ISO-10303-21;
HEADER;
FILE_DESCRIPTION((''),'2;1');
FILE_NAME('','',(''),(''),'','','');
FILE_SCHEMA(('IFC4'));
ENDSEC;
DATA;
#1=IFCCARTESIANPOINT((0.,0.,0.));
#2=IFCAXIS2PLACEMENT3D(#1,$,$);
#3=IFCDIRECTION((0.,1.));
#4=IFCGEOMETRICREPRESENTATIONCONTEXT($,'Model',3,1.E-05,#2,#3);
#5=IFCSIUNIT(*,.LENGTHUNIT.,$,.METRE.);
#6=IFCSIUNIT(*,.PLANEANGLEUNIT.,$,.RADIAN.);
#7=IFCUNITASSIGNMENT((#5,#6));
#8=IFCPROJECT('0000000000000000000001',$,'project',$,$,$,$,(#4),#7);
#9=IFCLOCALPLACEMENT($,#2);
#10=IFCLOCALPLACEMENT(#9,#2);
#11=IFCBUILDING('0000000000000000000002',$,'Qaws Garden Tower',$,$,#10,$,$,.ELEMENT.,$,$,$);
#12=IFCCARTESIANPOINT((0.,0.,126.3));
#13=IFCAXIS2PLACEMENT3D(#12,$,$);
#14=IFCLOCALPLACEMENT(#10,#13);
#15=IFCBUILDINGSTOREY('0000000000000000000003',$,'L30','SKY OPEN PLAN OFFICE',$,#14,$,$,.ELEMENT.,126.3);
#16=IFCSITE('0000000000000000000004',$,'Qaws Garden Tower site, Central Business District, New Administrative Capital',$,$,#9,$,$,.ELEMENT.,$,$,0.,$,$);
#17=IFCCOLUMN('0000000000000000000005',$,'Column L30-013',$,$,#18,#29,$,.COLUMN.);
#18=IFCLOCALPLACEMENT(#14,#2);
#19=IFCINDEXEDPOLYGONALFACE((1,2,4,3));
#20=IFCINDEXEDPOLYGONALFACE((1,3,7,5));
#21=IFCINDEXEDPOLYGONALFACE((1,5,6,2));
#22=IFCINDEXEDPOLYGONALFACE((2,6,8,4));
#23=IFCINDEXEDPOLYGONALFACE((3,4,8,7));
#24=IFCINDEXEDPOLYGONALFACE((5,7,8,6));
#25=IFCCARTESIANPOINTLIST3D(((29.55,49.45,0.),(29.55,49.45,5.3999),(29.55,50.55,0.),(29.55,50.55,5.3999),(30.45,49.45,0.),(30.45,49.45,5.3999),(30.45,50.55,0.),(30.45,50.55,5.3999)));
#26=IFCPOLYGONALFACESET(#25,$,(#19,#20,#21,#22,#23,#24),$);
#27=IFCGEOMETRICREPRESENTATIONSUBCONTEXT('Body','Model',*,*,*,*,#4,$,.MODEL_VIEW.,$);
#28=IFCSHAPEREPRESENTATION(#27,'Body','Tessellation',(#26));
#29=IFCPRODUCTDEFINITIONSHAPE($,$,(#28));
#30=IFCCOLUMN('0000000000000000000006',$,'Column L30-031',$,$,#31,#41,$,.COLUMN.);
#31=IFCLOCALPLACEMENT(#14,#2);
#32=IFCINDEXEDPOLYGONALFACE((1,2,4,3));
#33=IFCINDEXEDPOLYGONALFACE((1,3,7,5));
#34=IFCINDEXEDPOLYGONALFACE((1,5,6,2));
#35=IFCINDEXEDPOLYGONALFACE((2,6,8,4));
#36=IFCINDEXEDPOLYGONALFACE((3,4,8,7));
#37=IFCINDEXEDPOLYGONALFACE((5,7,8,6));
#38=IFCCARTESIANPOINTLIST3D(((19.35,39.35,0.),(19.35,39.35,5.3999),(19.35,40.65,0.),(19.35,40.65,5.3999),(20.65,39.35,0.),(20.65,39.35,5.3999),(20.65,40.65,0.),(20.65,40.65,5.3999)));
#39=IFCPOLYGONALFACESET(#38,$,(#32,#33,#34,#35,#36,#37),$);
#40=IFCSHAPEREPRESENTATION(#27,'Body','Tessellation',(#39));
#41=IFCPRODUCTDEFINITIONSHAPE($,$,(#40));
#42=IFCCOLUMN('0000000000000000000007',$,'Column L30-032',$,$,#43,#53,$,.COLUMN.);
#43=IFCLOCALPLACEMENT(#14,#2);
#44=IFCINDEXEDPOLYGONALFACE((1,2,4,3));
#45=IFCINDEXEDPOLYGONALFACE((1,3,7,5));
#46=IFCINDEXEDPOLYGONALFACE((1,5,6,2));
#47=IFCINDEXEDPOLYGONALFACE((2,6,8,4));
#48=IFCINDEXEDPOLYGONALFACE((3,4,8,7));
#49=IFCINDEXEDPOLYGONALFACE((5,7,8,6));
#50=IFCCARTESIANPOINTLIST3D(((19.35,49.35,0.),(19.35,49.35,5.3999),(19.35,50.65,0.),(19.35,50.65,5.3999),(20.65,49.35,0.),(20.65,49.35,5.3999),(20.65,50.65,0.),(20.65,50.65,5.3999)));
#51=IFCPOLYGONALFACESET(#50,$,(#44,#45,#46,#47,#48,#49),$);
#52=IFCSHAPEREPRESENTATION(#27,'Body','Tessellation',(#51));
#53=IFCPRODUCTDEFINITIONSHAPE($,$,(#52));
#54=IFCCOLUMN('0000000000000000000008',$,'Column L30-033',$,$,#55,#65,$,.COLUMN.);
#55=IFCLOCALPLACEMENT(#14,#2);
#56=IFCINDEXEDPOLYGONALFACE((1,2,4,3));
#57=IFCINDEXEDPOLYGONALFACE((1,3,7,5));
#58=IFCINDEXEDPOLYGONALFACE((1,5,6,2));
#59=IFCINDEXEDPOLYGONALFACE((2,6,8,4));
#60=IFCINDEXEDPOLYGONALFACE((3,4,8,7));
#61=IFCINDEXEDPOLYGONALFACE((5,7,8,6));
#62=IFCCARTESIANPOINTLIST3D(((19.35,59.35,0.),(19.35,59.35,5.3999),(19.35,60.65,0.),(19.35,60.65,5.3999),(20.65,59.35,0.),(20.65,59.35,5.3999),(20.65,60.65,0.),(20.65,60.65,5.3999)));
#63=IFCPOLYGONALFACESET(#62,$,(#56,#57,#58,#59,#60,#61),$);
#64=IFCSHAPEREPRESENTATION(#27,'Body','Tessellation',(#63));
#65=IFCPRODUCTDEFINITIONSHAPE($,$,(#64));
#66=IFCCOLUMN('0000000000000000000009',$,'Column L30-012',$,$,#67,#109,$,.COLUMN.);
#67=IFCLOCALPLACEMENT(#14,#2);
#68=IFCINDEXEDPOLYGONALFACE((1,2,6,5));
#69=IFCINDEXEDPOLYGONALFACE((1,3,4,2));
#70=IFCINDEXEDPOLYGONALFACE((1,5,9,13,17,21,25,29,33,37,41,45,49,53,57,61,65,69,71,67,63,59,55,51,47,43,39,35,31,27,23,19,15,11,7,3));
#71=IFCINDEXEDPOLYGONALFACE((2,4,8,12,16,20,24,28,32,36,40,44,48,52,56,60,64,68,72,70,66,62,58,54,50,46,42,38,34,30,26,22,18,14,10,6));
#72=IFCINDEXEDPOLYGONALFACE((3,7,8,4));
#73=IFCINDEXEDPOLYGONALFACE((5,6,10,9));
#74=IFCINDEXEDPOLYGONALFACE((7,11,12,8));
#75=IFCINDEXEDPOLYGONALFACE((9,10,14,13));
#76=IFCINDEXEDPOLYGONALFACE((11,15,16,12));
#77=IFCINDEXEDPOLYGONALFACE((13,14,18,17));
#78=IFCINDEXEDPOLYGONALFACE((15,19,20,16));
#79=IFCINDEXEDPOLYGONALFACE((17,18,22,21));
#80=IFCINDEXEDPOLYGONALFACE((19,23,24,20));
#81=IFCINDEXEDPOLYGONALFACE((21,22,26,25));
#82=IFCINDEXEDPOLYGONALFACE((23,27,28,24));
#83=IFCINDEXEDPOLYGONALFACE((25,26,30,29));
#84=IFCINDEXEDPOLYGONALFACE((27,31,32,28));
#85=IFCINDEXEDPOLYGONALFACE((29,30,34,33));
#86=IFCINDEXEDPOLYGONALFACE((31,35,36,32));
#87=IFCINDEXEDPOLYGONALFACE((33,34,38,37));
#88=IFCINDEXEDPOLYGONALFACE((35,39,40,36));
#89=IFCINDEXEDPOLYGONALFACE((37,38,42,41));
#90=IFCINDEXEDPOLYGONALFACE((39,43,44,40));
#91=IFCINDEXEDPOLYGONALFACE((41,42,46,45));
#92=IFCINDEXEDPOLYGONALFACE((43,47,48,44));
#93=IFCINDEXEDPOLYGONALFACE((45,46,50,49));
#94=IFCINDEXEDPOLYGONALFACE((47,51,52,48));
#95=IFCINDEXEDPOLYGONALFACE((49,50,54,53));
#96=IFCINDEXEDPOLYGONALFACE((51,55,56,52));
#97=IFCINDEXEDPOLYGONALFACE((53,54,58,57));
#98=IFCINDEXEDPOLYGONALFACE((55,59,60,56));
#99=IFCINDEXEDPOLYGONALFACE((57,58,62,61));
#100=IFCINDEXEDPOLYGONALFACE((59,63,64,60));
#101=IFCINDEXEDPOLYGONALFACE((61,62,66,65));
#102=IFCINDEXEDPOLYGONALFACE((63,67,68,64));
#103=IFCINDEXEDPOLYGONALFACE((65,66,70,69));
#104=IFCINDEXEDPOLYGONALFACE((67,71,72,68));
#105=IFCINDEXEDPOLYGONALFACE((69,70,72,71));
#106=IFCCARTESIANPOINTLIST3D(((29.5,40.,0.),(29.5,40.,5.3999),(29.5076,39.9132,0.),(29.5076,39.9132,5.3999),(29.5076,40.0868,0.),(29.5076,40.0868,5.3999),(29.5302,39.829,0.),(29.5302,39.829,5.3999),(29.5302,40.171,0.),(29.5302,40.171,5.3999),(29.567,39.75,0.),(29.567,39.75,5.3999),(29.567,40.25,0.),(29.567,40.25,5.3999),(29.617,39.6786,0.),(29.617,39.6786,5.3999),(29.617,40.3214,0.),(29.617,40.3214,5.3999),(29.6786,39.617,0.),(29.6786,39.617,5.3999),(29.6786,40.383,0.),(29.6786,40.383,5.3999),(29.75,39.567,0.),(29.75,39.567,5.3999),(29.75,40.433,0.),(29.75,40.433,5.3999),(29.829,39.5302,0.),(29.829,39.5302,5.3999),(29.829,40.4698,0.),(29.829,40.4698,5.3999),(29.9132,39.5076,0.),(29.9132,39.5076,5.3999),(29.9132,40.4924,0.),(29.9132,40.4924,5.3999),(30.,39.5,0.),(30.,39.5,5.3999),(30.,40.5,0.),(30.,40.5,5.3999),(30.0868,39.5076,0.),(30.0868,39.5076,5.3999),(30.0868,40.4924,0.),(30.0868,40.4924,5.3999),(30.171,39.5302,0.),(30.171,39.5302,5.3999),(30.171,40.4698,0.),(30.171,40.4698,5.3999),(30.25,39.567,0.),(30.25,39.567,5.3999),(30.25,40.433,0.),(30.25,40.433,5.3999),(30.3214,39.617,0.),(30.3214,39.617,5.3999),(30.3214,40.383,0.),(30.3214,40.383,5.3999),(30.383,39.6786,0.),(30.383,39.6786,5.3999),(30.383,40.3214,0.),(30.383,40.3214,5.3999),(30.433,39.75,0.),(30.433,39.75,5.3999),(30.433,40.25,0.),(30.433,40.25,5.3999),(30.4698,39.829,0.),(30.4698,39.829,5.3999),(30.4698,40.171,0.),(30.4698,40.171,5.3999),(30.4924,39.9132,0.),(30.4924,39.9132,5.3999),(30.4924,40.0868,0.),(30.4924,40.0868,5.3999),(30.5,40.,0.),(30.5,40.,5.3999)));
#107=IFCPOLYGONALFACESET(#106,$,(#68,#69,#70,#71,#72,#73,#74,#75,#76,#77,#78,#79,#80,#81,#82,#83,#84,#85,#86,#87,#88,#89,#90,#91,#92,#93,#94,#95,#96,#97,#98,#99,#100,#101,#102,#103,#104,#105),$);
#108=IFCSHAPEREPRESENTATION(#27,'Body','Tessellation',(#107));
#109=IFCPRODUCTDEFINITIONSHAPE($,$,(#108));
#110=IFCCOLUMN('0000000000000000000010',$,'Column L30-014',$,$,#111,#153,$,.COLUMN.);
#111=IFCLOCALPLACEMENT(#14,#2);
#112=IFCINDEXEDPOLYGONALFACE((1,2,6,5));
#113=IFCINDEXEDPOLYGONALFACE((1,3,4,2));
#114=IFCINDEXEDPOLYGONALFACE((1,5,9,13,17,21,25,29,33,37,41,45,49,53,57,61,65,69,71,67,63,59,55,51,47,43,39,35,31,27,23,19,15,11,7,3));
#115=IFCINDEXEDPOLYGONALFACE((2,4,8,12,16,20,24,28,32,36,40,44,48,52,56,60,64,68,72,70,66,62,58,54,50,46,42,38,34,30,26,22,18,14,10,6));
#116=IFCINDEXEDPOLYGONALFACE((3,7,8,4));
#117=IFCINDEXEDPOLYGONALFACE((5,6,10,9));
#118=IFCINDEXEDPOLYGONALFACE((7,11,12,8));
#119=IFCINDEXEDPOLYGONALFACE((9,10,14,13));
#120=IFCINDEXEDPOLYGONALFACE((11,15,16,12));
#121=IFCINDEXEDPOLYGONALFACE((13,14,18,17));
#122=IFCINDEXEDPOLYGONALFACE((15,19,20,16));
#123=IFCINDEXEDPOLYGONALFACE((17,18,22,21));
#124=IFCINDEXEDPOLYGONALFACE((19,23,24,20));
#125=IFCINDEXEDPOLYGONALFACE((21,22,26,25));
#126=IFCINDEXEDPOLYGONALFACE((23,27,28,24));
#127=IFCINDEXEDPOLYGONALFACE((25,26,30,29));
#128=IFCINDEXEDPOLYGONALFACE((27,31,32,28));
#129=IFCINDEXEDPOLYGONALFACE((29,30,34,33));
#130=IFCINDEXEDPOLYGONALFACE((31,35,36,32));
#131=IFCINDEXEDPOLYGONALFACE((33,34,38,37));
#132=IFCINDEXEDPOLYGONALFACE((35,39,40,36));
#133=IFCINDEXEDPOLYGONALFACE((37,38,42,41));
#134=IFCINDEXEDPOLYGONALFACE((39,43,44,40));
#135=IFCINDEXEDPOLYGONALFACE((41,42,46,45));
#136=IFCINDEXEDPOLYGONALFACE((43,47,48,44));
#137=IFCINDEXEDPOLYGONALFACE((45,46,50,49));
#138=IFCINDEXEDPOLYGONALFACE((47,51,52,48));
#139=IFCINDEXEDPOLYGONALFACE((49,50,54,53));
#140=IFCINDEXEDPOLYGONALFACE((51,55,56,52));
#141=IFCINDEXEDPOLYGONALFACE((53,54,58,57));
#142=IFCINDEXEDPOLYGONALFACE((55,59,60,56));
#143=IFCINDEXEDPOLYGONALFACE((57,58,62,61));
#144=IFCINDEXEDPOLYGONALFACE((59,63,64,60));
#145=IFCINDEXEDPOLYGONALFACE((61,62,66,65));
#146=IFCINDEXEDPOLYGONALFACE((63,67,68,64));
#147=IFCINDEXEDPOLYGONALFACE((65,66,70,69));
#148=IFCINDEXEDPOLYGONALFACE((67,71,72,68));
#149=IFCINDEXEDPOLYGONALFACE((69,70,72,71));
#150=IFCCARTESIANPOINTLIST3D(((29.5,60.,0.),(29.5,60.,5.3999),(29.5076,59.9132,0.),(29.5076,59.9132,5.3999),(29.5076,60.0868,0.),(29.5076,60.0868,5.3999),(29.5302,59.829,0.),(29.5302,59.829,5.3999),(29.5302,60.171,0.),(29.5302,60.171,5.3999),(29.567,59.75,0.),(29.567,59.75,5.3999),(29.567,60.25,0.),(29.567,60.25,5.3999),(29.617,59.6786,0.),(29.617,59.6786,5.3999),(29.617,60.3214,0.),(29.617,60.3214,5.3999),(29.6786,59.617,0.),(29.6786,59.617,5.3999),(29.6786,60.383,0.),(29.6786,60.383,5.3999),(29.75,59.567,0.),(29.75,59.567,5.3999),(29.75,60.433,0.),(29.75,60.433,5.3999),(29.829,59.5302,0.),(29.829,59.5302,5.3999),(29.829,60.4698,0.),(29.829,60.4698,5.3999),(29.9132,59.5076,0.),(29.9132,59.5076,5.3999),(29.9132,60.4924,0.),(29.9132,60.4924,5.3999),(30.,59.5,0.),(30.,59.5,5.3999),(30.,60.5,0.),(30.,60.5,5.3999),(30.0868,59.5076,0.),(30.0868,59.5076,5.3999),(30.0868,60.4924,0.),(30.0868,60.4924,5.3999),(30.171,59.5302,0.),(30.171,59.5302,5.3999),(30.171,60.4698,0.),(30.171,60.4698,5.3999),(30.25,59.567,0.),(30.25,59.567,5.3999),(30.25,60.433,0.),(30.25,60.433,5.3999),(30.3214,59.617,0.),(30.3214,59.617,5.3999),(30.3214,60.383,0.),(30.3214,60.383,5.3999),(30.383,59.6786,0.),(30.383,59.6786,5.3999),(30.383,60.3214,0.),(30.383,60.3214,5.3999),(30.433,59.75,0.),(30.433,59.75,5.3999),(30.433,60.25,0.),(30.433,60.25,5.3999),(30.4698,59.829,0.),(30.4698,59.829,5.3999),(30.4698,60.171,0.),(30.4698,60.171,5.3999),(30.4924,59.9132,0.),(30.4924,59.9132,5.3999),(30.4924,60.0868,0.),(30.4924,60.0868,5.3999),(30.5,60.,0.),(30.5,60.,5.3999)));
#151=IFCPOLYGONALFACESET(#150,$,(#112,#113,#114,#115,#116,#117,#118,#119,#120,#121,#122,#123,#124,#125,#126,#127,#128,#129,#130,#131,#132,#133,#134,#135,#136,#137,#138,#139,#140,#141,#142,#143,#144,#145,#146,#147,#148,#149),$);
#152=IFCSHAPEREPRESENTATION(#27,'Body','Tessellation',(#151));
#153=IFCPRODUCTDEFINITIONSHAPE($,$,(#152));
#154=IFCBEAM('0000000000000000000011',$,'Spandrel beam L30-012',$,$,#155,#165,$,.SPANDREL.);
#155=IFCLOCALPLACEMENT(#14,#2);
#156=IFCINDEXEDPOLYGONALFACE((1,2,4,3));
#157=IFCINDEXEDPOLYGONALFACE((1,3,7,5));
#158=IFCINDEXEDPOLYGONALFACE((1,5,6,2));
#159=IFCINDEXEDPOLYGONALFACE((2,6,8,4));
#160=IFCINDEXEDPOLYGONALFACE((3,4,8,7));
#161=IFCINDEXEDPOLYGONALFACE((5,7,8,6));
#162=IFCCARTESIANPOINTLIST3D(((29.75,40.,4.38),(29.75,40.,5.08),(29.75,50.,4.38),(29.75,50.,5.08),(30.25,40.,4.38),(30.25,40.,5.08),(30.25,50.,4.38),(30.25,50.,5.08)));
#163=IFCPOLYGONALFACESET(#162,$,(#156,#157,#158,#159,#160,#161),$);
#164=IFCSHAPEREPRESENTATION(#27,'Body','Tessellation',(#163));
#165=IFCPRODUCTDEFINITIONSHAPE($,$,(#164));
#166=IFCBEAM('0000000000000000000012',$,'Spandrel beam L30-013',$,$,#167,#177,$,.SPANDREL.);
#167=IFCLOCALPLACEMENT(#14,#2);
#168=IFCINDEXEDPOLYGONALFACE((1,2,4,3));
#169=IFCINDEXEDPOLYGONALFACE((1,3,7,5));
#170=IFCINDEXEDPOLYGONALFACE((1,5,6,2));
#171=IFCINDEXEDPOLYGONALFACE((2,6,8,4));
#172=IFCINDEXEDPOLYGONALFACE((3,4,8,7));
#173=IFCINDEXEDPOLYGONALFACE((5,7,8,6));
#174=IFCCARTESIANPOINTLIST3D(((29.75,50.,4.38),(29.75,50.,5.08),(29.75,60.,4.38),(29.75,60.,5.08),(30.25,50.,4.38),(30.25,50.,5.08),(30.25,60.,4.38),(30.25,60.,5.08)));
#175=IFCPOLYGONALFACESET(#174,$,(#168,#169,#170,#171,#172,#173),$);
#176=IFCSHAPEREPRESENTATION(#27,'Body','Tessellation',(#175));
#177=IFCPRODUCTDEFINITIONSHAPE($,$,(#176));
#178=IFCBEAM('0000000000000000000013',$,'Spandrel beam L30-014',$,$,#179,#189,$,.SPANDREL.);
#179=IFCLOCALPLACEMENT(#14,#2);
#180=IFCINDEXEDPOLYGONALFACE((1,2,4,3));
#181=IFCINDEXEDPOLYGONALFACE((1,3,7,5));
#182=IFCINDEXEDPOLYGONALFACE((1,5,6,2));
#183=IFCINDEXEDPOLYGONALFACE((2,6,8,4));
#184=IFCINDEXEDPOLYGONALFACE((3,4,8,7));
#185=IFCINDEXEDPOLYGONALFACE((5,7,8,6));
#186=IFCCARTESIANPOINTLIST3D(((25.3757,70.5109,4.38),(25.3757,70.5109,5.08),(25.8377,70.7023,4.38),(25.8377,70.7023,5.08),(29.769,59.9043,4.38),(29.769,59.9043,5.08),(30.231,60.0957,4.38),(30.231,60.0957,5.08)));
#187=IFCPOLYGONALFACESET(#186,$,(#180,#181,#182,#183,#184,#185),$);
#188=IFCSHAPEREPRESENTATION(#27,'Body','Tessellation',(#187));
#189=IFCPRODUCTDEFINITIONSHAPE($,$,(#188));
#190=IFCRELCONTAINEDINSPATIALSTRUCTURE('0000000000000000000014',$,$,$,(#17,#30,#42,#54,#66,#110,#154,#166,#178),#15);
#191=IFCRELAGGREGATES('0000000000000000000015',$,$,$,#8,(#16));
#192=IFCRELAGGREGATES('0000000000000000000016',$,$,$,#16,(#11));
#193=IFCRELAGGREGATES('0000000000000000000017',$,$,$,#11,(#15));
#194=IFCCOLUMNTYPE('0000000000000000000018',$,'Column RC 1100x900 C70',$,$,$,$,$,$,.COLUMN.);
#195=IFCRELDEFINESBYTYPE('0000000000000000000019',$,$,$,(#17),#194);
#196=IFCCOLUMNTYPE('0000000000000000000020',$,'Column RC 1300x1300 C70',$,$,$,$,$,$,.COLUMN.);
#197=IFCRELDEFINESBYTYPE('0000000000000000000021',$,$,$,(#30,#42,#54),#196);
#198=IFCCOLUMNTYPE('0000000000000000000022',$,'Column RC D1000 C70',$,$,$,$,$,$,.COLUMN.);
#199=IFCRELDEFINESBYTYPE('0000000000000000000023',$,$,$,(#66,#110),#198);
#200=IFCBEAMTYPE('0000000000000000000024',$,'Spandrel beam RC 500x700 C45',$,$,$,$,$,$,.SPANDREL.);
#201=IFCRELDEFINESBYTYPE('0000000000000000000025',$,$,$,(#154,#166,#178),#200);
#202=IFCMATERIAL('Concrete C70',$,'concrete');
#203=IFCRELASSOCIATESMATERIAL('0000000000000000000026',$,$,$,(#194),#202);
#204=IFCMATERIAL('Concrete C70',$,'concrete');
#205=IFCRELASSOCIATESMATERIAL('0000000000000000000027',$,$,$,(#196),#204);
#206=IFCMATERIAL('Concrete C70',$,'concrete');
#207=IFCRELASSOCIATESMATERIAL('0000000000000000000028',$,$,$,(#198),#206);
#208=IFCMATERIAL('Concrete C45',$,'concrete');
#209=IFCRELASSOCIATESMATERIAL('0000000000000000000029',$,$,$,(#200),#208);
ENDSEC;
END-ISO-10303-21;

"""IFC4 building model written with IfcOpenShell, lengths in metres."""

from ifc_helpers import new_model, si_unit, direction, frame, origin, origin_2d, place, context, subcontext, project, spatial, rectangle, circle, extrude, material, material_profile, profile_set, type_object, element, save


model = new_model("IFC4")

# Units and contexts
model_context = context("Model", 3, precision=1e-05, world=origin(), true_north=direction((0.0, 1.0)))
body_context = subcontext(model_context, "Body", "Model", "MODEL_VIEW")
ifc_project = project(units=[si_unit("LENGTHUNIT", "METRE"), si_unit("PLANEANGLEUNIT", "RADIAN")], contexts=[model_context])

# Site, building, storey
site_placement = place(None, origin())
site = spatial("IfcSite", under=ifc_project, at=site_placement, Name="Qaws Garden Tower site, Central Business District, New Administrative Capital", CompositionType="ELEMENT", RefElevation=0.0)
building_placement = place(site_placement, origin())
building = spatial("IfcBuilding", under=site, at=building_placement, Name="Qaws Garden Tower", CompositionType="ELEMENT")
storey_placement = place(building_placement, frame((0.0, 0.0, 126.3)))
storey = spatial("IfcBuildingStorey", under=building, at=storey_placement, Name="L30", Description="SKY OPEN PLAN OFFICE", CompositionType="ELEMENT", Elevation=126.3)

# Columns
ifc_material_1 = material(Name="Concrete C70", Category="concrete")
ifc_material_profile_1 = material_profile(ifc_material_1, rectangle(XDim=1.1001, YDim=0.8999, at=origin_2d()), Name="RC 1100x900")
ifc_profile_set_1 = profile_set([ifc_material_profile_1], Name="Concrete C70")
column_type_1 = type_object("IfcColumnType", Name="Column RC 1100x900 C70", PredefinedType="COLUMN", material=ifc_profile_set_1)
column_placement = place(storey_placement, frame((30.0, 50.0, 0.0), z_axis=(0.0, 0.0, 1.0), x_axis=(0.0, 1.0, 0.0)))
element("IfcColumn", 1, at=column_placement, inside=storey, type_object=column_type_1, Name="Column L30-013", PredefinedType="COLUMN", context=body_context, shape_type="SweptSolid", body=[
    extrude(rectangle(XDim=1.1001, YDim=0.8999, at=origin_2d()), origin(), (0.0, 0.0, 1.0), 5.3999),
])
ifc_material_2 = material(Name="Concrete C70", Category="concrete")
ifc_material_profile_2 = material_profile(ifc_material_2, rectangle(XDim=1.3, YDim=1.3, at=origin_2d()), Name="RC 1300x1300")
ifc_profile_set_2 = profile_set([ifc_material_profile_2], Name="Concrete C70")
column_type_2 = type_object("IfcColumnType", Name="Column RC 1300x1300 C70", PredefinedType="COLUMN", material=ifc_profile_set_2)
for number, where, z_axis, x_axis, name in (
    (2, (20.0, 40.0, 0.0), (0.0, 0.0, 1.0), (1.0, 0.0, 0.0), "Column L30-031"),
    (3, (20.0, 50.0, 0.0), (0.0, 0.0, 1.0), (1.0, 0.0, 0.0), "Column L30-032"),
    (4, (20.0, 60.0, 0.0), (0.0, 0.0, 1.0), (1.0, 0.0, 0.0), "Column L30-033"),
):
    element("IfcColumn", number, at=place(storey_placement, frame(where, z_axis=z_axis, x_axis=x_axis)), inside=storey, type_object=column_type_2, Name=name, PredefinedType="COLUMN", context=body_context, shape_type="SweptSolid", body=[
        extrude(rectangle(XDim=1.3, YDim=1.3, at=origin_2d()), origin(), (0.0, 0.0, 1.0), 5.3999),
    ])
ifc_material_3 = material(Name="Concrete C70", Category="concrete")
ifc_material_profile_3 = material_profile(ifc_material_3, circle(Radius=0.5, at=origin_2d()), Name="RC D1000")
ifc_profile_set_3 = profile_set([ifc_material_profile_3], Name="Concrete C70")
column_type_3 = type_object("IfcColumnType", Name="Column RC D1000 C70", PredefinedType="COLUMN", material=ifc_profile_set_3)
for number, where, z_axis, x_axis, name in (
    (5, (30.0, 40.0, 0.0), (0.0, 0.0, 1.0), (1.0, 0.0, 0.0), "Column L30-012"),
    (6, (30.0, 60.0, 0.0), (0.0, 0.0, 1.0), (1.0, 0.0, 0.0), "Column L30-014"),
):
    element("IfcColumn", number, at=place(storey_placement, frame(where, z_axis=z_axis, x_axis=x_axis)), inside=storey, type_object=column_type_3, Name=name, PredefinedType="COLUMN", context=body_context, shape_type="SweptSolid", body=[
        extrude(circle(Radius=0.5, at=origin_2d()), origin(), (0.0, 0.0, 1.0), 5.3999),
    ])

# Beams
ifc_material_4 = material(Name="Concrete C45", Category="concrete")
ifc_material_profile_4 = material_profile(ifc_material_4, rectangle(XDim=0.5, YDim=0.7, at=origin_2d()), Name="RC 500x700")
ifc_profile_set_4 = profile_set([ifc_material_profile_4], Name="Concrete C45")
beam_type = type_object("IfcBeamType", Name="Spandrel beam RC 500x700 C45", PredefinedType="SPANDREL", material=ifc_profile_set_4)
for number, where, z_axis, x_axis, name in (
    (7, (30.0, 40.0, 4.73), (0.0, 1.0, 0.0), (-1.0, 0.0, 0.0), "Spandrel beam L30-012"),
    (8, (30.0, 50.0, 4.73), (0.0, 1.0, 0.0), (-1.0, 0.0, 0.0), "Spandrel beam L30-013"),
):
    element("IfcBeam", number, at=place(storey_placement, frame(where, z_axis=z_axis, x_axis=x_axis)), inside=storey, type_object=beam_type, Name=name, PredefinedType="SPANDREL", context=body_context, shape_type="SweptSolid", body=[
        extrude(rectangle(XDim=0.5, YDim=0.7, at=origin_2d()), origin(), (0.0, 0.0, 1.0), 10.0),
    ])
beam_placement = place(storey_placement, frame((30.0, 60.0, 4.73), z_axis=(-0.382674, 0.923883, 0.0), x_axis=(-0.923883, -0.382674, 0.0)))
element("IfcBeam", 9, at=beam_placement, inside=storey, type_object=beam_type, Name="Spandrel beam L30-014", PredefinedType="SPANDREL", context=body_context, shape_type="SweptSolid", body=[
    extrude(rectangle(XDim=0.5, YDim=0.7, at=origin_2d()), origin(), (0.0, 0.0, 1.0), 11.4805),
])

save(model, "model.ifc")
